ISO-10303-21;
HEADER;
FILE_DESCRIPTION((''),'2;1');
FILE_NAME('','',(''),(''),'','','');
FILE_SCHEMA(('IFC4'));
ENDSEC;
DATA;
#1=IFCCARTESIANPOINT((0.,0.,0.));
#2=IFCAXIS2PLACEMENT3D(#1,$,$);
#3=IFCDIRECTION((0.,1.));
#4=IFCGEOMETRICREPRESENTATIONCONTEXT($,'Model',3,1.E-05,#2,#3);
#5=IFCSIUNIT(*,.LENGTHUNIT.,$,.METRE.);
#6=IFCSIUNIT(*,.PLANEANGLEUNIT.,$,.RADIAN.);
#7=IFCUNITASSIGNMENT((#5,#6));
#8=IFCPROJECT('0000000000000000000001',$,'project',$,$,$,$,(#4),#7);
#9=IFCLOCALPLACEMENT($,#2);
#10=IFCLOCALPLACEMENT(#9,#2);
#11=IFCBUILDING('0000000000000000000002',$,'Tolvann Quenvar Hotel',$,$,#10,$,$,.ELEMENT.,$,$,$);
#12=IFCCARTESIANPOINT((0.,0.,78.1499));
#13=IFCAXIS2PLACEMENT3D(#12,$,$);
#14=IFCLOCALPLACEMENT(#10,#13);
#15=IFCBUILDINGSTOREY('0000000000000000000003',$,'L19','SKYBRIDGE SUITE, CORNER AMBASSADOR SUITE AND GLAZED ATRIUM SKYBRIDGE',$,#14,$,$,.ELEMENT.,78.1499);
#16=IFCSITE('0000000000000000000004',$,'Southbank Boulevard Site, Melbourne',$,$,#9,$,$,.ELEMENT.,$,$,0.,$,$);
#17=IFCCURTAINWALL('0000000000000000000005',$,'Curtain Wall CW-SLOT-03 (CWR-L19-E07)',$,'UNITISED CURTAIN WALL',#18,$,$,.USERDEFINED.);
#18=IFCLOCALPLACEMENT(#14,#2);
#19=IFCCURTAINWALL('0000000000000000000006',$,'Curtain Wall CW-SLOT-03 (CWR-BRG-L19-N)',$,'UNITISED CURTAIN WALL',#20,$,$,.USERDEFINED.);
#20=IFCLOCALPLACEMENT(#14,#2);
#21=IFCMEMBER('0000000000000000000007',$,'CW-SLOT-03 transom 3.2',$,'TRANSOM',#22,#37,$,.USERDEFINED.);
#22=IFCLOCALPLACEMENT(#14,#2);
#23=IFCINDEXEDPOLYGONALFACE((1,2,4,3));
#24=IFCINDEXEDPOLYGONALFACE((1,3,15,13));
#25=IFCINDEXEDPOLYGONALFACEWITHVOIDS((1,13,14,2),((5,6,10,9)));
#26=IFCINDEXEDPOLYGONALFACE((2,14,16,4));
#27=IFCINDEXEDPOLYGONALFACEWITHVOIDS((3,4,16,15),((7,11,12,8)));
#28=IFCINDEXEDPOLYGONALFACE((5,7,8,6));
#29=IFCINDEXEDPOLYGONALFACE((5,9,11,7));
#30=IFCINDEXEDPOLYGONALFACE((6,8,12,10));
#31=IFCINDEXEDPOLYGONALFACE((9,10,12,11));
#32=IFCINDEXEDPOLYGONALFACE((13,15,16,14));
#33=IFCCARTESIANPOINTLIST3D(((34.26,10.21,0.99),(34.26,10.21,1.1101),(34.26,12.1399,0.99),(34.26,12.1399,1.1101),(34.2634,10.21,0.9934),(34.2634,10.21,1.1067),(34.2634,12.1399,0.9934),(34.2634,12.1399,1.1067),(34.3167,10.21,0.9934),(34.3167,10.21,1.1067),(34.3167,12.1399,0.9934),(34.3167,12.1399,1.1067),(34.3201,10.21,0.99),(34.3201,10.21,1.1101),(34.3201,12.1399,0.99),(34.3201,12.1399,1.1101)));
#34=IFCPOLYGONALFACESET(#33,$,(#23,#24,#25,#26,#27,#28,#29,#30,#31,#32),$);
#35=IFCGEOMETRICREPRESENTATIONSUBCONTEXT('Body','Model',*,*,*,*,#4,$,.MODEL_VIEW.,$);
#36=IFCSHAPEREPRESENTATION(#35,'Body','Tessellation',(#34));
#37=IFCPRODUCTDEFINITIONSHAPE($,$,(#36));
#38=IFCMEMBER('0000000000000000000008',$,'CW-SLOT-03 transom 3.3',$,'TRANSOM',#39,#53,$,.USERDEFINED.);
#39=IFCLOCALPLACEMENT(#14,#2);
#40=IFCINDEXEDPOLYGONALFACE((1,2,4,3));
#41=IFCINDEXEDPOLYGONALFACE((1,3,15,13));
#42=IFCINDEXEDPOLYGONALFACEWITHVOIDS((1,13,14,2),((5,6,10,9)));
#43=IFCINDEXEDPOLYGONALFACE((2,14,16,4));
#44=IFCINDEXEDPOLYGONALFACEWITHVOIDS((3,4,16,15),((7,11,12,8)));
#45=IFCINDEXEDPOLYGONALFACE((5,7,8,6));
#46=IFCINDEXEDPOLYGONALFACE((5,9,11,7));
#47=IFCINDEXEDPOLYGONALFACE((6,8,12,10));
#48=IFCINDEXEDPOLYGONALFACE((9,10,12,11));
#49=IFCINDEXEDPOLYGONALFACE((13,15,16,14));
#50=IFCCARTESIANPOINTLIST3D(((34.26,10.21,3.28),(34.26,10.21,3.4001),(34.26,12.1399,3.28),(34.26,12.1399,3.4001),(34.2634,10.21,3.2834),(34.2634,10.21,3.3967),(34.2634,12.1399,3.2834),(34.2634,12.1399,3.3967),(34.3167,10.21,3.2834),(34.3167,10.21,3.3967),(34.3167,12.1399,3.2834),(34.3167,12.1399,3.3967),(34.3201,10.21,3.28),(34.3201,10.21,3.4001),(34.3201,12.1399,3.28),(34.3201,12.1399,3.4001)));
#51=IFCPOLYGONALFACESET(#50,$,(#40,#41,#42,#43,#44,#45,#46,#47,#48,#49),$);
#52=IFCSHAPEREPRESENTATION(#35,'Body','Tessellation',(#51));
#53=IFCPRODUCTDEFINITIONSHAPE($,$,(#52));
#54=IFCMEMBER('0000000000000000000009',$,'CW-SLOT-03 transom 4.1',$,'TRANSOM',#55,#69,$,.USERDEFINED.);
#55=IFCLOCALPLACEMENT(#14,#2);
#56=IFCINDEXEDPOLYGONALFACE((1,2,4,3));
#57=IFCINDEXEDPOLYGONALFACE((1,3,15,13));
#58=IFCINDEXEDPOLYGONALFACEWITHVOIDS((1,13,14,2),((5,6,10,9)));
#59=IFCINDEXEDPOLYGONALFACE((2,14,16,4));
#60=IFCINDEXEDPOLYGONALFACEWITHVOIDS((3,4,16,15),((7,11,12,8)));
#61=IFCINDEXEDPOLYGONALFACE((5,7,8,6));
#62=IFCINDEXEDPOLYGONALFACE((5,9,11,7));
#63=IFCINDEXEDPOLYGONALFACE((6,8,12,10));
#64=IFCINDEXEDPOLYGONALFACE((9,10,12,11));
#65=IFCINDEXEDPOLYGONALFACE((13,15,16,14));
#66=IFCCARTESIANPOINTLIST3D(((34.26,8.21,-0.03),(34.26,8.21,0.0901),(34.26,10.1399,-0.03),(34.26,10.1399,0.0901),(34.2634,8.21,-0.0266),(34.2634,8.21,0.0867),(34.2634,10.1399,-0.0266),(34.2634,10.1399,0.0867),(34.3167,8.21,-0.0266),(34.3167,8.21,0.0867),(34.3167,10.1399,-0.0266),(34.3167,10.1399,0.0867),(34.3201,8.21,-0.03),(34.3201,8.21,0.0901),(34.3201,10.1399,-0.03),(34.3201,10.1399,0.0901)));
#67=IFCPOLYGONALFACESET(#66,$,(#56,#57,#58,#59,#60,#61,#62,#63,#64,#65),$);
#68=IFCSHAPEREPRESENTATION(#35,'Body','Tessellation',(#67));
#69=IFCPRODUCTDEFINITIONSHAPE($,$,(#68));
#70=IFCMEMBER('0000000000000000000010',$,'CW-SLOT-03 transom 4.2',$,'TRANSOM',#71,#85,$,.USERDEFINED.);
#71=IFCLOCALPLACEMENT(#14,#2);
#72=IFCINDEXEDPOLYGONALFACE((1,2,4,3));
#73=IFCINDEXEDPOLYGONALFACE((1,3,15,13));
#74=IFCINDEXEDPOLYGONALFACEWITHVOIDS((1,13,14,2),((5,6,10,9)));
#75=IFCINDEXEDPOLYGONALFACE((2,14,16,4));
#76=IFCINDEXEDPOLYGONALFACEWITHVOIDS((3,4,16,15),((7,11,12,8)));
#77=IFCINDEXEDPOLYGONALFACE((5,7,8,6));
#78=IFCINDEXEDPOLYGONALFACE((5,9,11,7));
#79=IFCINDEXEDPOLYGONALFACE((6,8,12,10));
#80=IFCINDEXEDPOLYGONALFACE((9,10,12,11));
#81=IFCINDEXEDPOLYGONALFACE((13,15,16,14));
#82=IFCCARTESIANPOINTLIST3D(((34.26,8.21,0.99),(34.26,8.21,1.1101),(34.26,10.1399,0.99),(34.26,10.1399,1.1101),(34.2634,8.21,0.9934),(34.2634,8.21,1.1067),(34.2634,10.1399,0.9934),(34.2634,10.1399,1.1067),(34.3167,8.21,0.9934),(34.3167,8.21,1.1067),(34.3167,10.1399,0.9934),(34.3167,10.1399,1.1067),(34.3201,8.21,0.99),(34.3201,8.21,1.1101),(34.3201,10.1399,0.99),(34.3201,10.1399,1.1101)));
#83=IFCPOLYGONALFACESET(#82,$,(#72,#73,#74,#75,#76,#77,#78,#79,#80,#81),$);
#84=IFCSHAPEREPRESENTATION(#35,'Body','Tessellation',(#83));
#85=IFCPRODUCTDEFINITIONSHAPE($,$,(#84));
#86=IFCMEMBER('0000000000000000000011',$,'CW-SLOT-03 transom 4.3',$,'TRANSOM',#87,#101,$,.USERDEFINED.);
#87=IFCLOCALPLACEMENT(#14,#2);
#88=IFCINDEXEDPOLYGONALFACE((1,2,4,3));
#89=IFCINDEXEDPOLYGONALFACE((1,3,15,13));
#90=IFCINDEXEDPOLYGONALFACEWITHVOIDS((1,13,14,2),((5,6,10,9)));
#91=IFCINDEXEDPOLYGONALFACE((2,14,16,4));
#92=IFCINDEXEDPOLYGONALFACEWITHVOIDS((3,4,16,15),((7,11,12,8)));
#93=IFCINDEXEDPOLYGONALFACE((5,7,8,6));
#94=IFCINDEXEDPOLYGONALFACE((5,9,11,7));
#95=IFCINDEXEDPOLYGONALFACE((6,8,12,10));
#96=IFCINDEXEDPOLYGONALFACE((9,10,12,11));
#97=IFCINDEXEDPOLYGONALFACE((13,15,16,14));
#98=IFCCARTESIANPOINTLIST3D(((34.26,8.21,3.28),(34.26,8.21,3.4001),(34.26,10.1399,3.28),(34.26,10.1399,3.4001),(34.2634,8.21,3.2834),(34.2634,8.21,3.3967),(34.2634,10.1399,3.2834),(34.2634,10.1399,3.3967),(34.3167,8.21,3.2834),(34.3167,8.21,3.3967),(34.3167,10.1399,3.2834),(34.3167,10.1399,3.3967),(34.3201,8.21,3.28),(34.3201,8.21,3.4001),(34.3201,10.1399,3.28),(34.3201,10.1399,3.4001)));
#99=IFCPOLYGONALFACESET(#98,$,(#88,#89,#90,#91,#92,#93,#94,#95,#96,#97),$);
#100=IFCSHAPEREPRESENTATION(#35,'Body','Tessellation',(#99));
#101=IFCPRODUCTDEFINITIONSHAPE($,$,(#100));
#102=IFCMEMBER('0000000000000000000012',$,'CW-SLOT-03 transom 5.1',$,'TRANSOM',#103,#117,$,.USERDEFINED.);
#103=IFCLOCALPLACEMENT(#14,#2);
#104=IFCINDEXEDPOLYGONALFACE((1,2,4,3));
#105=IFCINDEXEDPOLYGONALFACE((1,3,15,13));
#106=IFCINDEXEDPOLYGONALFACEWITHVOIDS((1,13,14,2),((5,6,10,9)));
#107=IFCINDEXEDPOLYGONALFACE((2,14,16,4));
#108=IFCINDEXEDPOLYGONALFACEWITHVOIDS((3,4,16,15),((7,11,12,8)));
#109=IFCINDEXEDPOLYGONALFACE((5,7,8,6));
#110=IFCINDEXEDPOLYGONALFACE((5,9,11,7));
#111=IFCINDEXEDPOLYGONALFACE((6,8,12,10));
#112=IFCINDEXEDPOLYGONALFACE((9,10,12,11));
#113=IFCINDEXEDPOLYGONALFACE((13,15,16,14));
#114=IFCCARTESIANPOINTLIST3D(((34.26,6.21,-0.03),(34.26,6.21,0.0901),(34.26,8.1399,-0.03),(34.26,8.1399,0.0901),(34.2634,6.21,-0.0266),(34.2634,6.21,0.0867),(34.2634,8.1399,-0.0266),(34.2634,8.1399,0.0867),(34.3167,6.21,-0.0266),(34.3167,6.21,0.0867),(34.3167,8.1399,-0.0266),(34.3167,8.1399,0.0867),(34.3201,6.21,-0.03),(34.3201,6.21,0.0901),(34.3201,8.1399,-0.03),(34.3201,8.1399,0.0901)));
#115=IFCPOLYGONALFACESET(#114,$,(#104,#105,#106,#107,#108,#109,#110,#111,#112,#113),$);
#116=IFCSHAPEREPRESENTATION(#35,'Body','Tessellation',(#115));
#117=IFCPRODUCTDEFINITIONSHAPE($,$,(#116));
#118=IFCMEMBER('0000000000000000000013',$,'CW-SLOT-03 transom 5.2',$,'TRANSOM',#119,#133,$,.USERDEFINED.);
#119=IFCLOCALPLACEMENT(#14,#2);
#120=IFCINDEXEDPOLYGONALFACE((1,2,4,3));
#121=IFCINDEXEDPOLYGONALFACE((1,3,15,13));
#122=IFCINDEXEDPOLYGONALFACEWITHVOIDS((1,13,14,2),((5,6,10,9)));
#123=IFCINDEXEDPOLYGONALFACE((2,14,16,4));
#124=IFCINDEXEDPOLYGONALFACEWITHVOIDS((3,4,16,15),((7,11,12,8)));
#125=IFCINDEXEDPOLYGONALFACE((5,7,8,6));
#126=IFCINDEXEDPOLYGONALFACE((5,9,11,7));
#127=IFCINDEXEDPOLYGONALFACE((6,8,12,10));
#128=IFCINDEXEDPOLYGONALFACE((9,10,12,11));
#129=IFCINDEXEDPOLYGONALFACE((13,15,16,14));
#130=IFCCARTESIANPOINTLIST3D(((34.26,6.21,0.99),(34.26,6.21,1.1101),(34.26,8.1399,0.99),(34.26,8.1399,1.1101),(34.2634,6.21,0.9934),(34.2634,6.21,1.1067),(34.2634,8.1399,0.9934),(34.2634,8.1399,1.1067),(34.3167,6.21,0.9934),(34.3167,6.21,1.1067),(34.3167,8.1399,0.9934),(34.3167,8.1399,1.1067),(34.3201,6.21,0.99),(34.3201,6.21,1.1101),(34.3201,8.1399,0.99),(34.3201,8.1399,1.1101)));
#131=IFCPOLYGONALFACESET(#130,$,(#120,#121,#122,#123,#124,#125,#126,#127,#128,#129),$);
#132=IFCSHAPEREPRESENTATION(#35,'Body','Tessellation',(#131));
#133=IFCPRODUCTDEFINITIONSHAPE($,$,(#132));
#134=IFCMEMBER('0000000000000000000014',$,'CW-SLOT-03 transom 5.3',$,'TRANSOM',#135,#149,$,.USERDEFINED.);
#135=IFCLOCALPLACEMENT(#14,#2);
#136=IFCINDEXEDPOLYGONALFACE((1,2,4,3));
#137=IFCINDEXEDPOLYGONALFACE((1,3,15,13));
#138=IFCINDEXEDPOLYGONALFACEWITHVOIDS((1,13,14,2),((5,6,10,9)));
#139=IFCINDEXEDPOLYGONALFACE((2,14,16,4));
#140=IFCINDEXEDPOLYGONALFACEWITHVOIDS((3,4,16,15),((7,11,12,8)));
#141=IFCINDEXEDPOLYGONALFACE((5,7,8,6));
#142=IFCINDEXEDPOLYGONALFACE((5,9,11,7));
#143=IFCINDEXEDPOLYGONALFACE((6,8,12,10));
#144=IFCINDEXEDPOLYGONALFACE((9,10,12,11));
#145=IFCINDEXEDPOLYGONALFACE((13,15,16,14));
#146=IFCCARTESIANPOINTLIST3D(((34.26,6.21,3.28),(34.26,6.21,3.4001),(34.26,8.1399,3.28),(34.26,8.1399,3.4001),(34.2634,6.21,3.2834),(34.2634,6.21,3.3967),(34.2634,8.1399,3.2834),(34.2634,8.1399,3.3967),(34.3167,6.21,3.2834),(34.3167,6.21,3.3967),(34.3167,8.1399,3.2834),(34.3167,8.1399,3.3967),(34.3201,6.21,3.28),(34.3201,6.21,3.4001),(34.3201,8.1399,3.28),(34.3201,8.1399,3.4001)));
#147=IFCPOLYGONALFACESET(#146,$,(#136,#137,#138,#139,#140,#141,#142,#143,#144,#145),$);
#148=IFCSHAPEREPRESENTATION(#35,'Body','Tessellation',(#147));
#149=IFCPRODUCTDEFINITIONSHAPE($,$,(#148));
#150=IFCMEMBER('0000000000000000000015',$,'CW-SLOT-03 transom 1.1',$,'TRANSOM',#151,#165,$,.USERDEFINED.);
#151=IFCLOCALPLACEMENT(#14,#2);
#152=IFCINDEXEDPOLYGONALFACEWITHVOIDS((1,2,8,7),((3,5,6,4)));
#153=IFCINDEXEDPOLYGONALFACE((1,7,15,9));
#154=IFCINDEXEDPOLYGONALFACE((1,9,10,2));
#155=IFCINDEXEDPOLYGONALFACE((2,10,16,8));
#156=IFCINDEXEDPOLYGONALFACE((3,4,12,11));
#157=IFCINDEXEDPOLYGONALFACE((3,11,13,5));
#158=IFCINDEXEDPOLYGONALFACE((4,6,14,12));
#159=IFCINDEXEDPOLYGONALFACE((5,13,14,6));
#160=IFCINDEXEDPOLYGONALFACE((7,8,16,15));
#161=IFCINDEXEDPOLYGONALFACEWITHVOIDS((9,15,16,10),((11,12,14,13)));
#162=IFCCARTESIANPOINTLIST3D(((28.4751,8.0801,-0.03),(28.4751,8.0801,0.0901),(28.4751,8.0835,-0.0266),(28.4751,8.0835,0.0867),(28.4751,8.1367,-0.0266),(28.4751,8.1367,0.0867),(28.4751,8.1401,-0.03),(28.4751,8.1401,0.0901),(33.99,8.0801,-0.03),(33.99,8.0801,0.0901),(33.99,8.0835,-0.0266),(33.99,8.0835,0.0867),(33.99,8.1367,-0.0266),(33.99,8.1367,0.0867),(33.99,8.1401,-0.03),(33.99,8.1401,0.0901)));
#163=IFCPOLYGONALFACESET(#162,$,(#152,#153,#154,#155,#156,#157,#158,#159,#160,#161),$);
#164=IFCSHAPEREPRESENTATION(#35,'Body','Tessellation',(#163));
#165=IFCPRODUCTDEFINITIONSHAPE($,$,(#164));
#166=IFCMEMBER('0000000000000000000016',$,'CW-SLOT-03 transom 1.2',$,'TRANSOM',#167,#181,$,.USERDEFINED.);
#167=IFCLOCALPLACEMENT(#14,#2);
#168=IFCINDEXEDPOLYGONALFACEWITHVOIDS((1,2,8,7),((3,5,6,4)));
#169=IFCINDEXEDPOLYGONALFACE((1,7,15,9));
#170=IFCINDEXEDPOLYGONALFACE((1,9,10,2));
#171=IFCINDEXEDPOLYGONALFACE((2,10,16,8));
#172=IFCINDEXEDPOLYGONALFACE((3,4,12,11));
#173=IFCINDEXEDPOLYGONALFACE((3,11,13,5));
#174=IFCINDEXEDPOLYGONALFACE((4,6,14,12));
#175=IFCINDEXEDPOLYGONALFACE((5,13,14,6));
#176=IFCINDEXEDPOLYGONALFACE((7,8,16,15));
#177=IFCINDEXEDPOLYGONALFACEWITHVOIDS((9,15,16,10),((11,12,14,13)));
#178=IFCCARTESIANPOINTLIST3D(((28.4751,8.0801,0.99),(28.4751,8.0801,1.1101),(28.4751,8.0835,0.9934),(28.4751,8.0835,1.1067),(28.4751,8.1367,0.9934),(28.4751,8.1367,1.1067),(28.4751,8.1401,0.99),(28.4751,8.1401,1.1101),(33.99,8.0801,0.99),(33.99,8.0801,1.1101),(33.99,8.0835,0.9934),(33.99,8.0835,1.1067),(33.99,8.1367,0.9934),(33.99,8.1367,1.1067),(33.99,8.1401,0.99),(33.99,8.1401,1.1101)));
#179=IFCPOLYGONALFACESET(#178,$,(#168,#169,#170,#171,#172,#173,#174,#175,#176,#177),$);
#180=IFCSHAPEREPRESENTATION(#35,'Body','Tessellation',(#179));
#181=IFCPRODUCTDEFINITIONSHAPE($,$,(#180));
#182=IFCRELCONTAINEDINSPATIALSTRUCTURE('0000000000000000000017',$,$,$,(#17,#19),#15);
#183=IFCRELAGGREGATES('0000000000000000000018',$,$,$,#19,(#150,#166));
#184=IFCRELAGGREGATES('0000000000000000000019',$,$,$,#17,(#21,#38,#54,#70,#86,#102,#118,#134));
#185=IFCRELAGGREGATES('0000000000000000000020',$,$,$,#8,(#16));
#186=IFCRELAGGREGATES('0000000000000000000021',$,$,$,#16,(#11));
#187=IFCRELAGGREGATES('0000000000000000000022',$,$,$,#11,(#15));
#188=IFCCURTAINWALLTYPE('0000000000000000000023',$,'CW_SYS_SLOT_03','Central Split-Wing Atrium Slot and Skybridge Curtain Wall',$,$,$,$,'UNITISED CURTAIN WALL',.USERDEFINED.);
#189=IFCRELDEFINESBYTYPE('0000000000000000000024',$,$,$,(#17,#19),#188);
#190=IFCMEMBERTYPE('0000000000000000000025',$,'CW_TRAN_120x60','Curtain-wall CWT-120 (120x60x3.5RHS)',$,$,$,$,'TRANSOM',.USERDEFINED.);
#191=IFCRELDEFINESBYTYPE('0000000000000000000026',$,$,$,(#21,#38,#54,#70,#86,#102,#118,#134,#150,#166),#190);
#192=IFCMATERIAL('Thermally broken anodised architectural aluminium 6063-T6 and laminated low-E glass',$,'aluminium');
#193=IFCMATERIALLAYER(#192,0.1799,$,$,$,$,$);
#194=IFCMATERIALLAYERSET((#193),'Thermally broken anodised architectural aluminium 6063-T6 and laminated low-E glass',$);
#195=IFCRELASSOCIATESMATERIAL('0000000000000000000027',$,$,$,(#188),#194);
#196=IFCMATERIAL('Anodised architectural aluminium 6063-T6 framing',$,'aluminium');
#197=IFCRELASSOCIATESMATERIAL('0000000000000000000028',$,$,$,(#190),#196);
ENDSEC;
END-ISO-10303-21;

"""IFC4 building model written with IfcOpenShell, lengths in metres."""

from ifc_helpers import new_model, si_unit, direction, frame, origin, origin_2d, place, context, subcontext, project, spatial, hollow_rectangle, extrude, source, transform, mapped, material, layer, layer_set, material_profile, profile_set, type_object, type_shapes, element, aggregate, save


model = new_model("IFC4")

# Units and contexts
model_context = context("Model", 3, precision=1e-05, world=origin(), true_north=direction((0.0, 1.0)))
body_context = subcontext(model_context, "Body", "Model", "MODEL_VIEW")
ifc_project = project(units=[si_unit("LENGTHUNIT", "METRE"), si_unit("PLANEANGLEUNIT", "RADIAN")], contexts=[model_context])

# Site, building, storey
site_placement = place(None, origin())
site = spatial("IfcSite", under=ifc_project, at=site_placement, Name="Southbank Boulevard Site, Melbourne", CompositionType="ELEMENT", RefElevation=0.0)
building_placement = place(site_placement, origin())
building = spatial("IfcBuilding", under=site, at=building_placement, Name="Tolvann Quenvar Hotel", CompositionType="ELEMENT")
storey_placement = place(building_placement, frame((0.0, 0.0, 78.1499)))
storey = spatial("IfcBuildingStorey", under=building, at=storey_placement, Name="L19", Description="SKYBRIDGE SUITE, CORNER AMBASSADOR SUITE AND GLAZED ATRIUM SKYBRIDGE", CompositionType="ELEMENT", Elevation=78.1499)

# Curtain wall
ifc_material_1 = material(Name="Thermally broken anodised architectural aluminium 6063-T6 and laminated low-E glass", Category="aluminium")
ifc_layer_1 = layer(ifc_material_1, 0.1799)
ifc_layer_set_1 = layer_set([ifc_layer_1], Name="Thermally broken anodised architectural aluminium 6063-T6 and laminated low-E glass")
curtain_wall_type = type_object("IfcCurtainWallType", Name="CW_SYS_SLOT_03", Description="Central Split-Wing Atrium Slot and Skybridge Curtain Wall", ElementType="UNITISED CURTAIN WALL", PredefinedType="USERDEFINED", material=ifc_layer_set_1)
curtain_wall_1_placement = place(storey_placement, origin())
curtain_wall_1 = element("IfcCurtainWall", 1, at=curtain_wall_1_placement, inside=storey, type_object=curtain_wall_type, Name="Curtain Wall CW-SLOT-03 (CWR-L19-E07)", ObjectType="UNITISED CURTAIN WALL", PredefinedType="USERDEFINED")
ifc_material_2 = material(Name="Anodised architectural aluminium 6063-T6 framing", Category="aluminium")

# Curtain wall
curtain_wall_2_placement = place(storey_placement, origin())
curtain_wall_2 = element("IfcCurtainWall", 2, at=curtain_wall_2_placement, inside=storey, type_object=curtain_wall_type, Name="Curtain Wall CW-SLOT-03 (CWR-BRG-L19-N)", ObjectType="UNITISED CURTAIN WALL", PredefinedType="USERDEFINED")

# Members
ifc_material_profile_1 = material_profile(ifc_material_2, hollow_rectangle(XDim=0.0601, YDim=0.1201, WallThickness=0.0034, at=origin_2d()), Name="120x60x3.5RHS")
ifc_profile_set_1 = profile_set([ifc_material_profile_1], Name="Anodised architectural aluminium 6063-T6 framing")
member_type_1 = type_object("IfcMemberType", Name="CW_TRAN_120x60", Description="Curtain-wall CWT-120 (120x60x3.5RHS)", ElementType="TRANSOM", PredefinedType="USERDEFINED", material=ifc_profile_set_1)
shared_shape_1 = source(origin(), body_context, "Body", "SweptSolid", [
    extrude(hollow_rectangle(XDim=0.0601, YDim=0.1201, WallThickness=0.0034, at=origin_2d()), origin(), (0.0, 0.0, 1.0), 1.9299),
])
member_1_placement = place(storey_placement, frame((34.29, 12.1399, 1.05), z_axis=(0.0, -1.0, 0.0), x_axis=(1.0, 0.0, 0.0)))
member_1 = element("IfcMember", 3, at=member_1_placement, type_object=member_type_1, Name="CW-SLOT-03 transom 3.2", ObjectType="TRANSOM", PredefinedType="USERDEFINED", context=body_context, shape_type="MappedRepresentation", body=[
    mapped(shared_shape_1, transform((0.0, 0.0, 0.0), x_axis=(1.0, 0.0, 0.0), y_axis=(0.0, 1.0, 0.0), z_axis=(0.0, 0.0, 1.0), scale=1.0)),
])
member_2_placement = place(storey_placement, frame((34.29, 12.1399, 3.3401), z_axis=(0.0, -1.0, 0.0), x_axis=(1.0, 0.0, 0.0)))
member_2 = element("IfcMember", 4, at=member_2_placement, type_object=member_type_1, Name="CW-SLOT-03 transom 3.3", ObjectType="TRANSOM", PredefinedType="USERDEFINED", context=body_context, shape_type="MappedRepresentation", body=[
    mapped(shared_shape_1, transform((0.0, 0.0, 0.0), x_axis=(1.0, 0.0, 0.0), y_axis=(0.0, 1.0, 0.0), z_axis=(0.0, 0.0, 1.0), scale=1.0)),
])
member_3_placement = place(storey_placement, frame((34.29, 10.1399, 0.03), z_axis=(0.0, -1.0, 0.0), x_axis=(1.0, 0.0, 0.0)))
member_3 = element("IfcMember", 5, at=member_3_placement, type_object=member_type_1, Name="CW-SLOT-03 transom 4.1", ObjectType="TRANSOM", PredefinedType="USERDEFINED", context=body_context, shape_type="MappedRepresentation", body=[
    mapped(shared_shape_1, transform((0.0, 0.0, 0.0), x_axis=(1.0, 0.0, 0.0), y_axis=(0.0, 1.0, 0.0), z_axis=(0.0, 0.0, 1.0), scale=1.0)),
])
member_4_placement = place(storey_placement, frame((34.29, 10.1399, 1.05), z_axis=(0.0, -1.0, 0.0), x_axis=(1.0, 0.0, 0.0)))
member_4 = element("IfcMember", 6, at=member_4_placement, type_object=member_type_1, Name="CW-SLOT-03 transom 4.2", ObjectType="TRANSOM", PredefinedType="USERDEFINED", context=body_context, shape_type="MappedRepresentation", body=[
    mapped(shared_shape_1, transform((0.0, 0.0, 0.0), x_axis=(1.0, 0.0, 0.0), y_axis=(0.0, 1.0, 0.0), z_axis=(0.0, 0.0, 1.0), scale=1.0)),
])
member_5_placement = place(storey_placement, frame((34.29, 10.1399, 3.3401), z_axis=(0.0, -1.0, 0.0), x_axis=(1.0, 0.0, 0.0)))
member_5 = element("IfcMember", 7, at=member_5_placement, type_object=member_type_1, Name="CW-SLOT-03 transom 4.3", ObjectType="TRANSOM", PredefinedType="USERDEFINED", context=body_context, shape_type="MappedRepresentation", body=[
    mapped(shared_shape_1, transform((0.0, 0.0, 0.0), x_axis=(1.0, 0.0, 0.0), y_axis=(0.0, 1.0, 0.0), z_axis=(0.0, 0.0, 1.0), scale=1.0)),
])
member_6_placement = place(storey_placement, frame((34.29, 8.1399, 0.03), z_axis=(0.0, -1.0, 0.0), x_axis=(1.0, 0.0, 0.0)))
member_6 = element("IfcMember", 8, at=member_6_placement, type_object=member_type_1, Name="CW-SLOT-03 transom 5.1", ObjectType="TRANSOM", PredefinedType="USERDEFINED", context=body_context, shape_type="MappedRepresentation", body=[
    mapped(shared_shape_1, transform((0.0, 0.0, 0.0), x_axis=(1.0, 0.0, 0.0), y_axis=(0.0, 1.0, 0.0), z_axis=(0.0, 0.0, 1.0), scale=1.0)),
])
member_7_placement = place(storey_placement, frame((34.29, 8.1399, 1.05), z_axis=(0.0, -1.0, 0.0), x_axis=(1.0, 0.0, 0.0)))
member_7 = element("IfcMember", 9, at=member_7_placement, type_object=member_type_1, Name="CW-SLOT-03 transom 5.2", ObjectType="TRANSOM", PredefinedType="USERDEFINED", context=body_context, shape_type="MappedRepresentation", body=[
    mapped(shared_shape_1, transform((0.0, 0.0, 0.0), x_axis=(1.0, 0.0, 0.0), y_axis=(0.0, 1.0, 0.0), z_axis=(0.0, 0.0, 1.0), scale=1.0)),
])
member_8_placement = place(storey_placement, frame((34.29, 8.1399, 3.3401), z_axis=(0.0, -1.0, 0.0), x_axis=(1.0, 0.0, 0.0)))
member_8 = element("IfcMember", 10, at=member_8_placement, type_object=member_type_1, Name="CW-SLOT-03 transom 5.3", ObjectType="TRANSOM", PredefinedType="USERDEFINED", context=body_context, shape_type="MappedRepresentation", body=[
    mapped(shared_shape_1, transform((0.0, 0.0, 0.0), x_axis=(1.0, 0.0, 0.0), y_axis=(0.0, 1.0, 0.0), z_axis=(0.0, 0.0, 1.0), scale=1.0)),
])
shared_shape_2 = source(origin(), body_context, "Body", "SweptSolid", [
    extrude(hollow_rectangle(XDim=0.0601, YDim=0.1201, WallThickness=0.0034, at=origin_2d()), origin(), (0.0, 0.0, 1.0), 5.5149),
])
type_shapes(member_type_1, [shared_shape_1, shared_shape_2])
member_9_placement = place(storey_placement, frame((33.99, 8.1101, 0.03), z_axis=(-1.0, 0.0, 0.0), x_axis=(0.0, -1.0, 0.0)))
member_9 = element("IfcMember", 11, at=member_9_placement, type_object=member_type_1, Name="CW-SLOT-03 transom 1.1", ObjectType="TRANSOM", PredefinedType="USERDEFINED", context=body_context, shape_type="MappedRepresentation", body=[
    mapped(shared_shape_2, transform((0.0, 0.0, 0.0), x_axis=(1.0, 0.0, 0.0), y_axis=(0.0, 1.0, 0.0), z_axis=(0.0, 0.0, 1.0), scale=1.0)),
])
member_10_placement = place(storey_placement, frame((33.99, 8.1101, 1.05), z_axis=(-1.0, 0.0, 0.0), x_axis=(0.0, -1.0, 0.0)))
member_10 = element("IfcMember", 12, at=member_10_placement, type_object=member_type_1, Name="CW-SLOT-03 transom 1.2", ObjectType="TRANSOM", PredefinedType="USERDEFINED", context=body_context, shape_type="MappedRepresentation", body=[
    mapped(shared_shape_2, transform((0.0, 0.0, 0.0), x_axis=(1.0, 0.0, 0.0), y_axis=(0.0, 1.0, 0.0), z_axis=(0.0, 0.0, 1.0), scale=1.0)),
])
aggregate(curtain_wall_2, [member_9, member_10])

aggregate(curtain_wall_1, [member_1, member_2, member_3, member_4, member_5, member_6, member_7, member_8])

save(model, "model.ifc")
